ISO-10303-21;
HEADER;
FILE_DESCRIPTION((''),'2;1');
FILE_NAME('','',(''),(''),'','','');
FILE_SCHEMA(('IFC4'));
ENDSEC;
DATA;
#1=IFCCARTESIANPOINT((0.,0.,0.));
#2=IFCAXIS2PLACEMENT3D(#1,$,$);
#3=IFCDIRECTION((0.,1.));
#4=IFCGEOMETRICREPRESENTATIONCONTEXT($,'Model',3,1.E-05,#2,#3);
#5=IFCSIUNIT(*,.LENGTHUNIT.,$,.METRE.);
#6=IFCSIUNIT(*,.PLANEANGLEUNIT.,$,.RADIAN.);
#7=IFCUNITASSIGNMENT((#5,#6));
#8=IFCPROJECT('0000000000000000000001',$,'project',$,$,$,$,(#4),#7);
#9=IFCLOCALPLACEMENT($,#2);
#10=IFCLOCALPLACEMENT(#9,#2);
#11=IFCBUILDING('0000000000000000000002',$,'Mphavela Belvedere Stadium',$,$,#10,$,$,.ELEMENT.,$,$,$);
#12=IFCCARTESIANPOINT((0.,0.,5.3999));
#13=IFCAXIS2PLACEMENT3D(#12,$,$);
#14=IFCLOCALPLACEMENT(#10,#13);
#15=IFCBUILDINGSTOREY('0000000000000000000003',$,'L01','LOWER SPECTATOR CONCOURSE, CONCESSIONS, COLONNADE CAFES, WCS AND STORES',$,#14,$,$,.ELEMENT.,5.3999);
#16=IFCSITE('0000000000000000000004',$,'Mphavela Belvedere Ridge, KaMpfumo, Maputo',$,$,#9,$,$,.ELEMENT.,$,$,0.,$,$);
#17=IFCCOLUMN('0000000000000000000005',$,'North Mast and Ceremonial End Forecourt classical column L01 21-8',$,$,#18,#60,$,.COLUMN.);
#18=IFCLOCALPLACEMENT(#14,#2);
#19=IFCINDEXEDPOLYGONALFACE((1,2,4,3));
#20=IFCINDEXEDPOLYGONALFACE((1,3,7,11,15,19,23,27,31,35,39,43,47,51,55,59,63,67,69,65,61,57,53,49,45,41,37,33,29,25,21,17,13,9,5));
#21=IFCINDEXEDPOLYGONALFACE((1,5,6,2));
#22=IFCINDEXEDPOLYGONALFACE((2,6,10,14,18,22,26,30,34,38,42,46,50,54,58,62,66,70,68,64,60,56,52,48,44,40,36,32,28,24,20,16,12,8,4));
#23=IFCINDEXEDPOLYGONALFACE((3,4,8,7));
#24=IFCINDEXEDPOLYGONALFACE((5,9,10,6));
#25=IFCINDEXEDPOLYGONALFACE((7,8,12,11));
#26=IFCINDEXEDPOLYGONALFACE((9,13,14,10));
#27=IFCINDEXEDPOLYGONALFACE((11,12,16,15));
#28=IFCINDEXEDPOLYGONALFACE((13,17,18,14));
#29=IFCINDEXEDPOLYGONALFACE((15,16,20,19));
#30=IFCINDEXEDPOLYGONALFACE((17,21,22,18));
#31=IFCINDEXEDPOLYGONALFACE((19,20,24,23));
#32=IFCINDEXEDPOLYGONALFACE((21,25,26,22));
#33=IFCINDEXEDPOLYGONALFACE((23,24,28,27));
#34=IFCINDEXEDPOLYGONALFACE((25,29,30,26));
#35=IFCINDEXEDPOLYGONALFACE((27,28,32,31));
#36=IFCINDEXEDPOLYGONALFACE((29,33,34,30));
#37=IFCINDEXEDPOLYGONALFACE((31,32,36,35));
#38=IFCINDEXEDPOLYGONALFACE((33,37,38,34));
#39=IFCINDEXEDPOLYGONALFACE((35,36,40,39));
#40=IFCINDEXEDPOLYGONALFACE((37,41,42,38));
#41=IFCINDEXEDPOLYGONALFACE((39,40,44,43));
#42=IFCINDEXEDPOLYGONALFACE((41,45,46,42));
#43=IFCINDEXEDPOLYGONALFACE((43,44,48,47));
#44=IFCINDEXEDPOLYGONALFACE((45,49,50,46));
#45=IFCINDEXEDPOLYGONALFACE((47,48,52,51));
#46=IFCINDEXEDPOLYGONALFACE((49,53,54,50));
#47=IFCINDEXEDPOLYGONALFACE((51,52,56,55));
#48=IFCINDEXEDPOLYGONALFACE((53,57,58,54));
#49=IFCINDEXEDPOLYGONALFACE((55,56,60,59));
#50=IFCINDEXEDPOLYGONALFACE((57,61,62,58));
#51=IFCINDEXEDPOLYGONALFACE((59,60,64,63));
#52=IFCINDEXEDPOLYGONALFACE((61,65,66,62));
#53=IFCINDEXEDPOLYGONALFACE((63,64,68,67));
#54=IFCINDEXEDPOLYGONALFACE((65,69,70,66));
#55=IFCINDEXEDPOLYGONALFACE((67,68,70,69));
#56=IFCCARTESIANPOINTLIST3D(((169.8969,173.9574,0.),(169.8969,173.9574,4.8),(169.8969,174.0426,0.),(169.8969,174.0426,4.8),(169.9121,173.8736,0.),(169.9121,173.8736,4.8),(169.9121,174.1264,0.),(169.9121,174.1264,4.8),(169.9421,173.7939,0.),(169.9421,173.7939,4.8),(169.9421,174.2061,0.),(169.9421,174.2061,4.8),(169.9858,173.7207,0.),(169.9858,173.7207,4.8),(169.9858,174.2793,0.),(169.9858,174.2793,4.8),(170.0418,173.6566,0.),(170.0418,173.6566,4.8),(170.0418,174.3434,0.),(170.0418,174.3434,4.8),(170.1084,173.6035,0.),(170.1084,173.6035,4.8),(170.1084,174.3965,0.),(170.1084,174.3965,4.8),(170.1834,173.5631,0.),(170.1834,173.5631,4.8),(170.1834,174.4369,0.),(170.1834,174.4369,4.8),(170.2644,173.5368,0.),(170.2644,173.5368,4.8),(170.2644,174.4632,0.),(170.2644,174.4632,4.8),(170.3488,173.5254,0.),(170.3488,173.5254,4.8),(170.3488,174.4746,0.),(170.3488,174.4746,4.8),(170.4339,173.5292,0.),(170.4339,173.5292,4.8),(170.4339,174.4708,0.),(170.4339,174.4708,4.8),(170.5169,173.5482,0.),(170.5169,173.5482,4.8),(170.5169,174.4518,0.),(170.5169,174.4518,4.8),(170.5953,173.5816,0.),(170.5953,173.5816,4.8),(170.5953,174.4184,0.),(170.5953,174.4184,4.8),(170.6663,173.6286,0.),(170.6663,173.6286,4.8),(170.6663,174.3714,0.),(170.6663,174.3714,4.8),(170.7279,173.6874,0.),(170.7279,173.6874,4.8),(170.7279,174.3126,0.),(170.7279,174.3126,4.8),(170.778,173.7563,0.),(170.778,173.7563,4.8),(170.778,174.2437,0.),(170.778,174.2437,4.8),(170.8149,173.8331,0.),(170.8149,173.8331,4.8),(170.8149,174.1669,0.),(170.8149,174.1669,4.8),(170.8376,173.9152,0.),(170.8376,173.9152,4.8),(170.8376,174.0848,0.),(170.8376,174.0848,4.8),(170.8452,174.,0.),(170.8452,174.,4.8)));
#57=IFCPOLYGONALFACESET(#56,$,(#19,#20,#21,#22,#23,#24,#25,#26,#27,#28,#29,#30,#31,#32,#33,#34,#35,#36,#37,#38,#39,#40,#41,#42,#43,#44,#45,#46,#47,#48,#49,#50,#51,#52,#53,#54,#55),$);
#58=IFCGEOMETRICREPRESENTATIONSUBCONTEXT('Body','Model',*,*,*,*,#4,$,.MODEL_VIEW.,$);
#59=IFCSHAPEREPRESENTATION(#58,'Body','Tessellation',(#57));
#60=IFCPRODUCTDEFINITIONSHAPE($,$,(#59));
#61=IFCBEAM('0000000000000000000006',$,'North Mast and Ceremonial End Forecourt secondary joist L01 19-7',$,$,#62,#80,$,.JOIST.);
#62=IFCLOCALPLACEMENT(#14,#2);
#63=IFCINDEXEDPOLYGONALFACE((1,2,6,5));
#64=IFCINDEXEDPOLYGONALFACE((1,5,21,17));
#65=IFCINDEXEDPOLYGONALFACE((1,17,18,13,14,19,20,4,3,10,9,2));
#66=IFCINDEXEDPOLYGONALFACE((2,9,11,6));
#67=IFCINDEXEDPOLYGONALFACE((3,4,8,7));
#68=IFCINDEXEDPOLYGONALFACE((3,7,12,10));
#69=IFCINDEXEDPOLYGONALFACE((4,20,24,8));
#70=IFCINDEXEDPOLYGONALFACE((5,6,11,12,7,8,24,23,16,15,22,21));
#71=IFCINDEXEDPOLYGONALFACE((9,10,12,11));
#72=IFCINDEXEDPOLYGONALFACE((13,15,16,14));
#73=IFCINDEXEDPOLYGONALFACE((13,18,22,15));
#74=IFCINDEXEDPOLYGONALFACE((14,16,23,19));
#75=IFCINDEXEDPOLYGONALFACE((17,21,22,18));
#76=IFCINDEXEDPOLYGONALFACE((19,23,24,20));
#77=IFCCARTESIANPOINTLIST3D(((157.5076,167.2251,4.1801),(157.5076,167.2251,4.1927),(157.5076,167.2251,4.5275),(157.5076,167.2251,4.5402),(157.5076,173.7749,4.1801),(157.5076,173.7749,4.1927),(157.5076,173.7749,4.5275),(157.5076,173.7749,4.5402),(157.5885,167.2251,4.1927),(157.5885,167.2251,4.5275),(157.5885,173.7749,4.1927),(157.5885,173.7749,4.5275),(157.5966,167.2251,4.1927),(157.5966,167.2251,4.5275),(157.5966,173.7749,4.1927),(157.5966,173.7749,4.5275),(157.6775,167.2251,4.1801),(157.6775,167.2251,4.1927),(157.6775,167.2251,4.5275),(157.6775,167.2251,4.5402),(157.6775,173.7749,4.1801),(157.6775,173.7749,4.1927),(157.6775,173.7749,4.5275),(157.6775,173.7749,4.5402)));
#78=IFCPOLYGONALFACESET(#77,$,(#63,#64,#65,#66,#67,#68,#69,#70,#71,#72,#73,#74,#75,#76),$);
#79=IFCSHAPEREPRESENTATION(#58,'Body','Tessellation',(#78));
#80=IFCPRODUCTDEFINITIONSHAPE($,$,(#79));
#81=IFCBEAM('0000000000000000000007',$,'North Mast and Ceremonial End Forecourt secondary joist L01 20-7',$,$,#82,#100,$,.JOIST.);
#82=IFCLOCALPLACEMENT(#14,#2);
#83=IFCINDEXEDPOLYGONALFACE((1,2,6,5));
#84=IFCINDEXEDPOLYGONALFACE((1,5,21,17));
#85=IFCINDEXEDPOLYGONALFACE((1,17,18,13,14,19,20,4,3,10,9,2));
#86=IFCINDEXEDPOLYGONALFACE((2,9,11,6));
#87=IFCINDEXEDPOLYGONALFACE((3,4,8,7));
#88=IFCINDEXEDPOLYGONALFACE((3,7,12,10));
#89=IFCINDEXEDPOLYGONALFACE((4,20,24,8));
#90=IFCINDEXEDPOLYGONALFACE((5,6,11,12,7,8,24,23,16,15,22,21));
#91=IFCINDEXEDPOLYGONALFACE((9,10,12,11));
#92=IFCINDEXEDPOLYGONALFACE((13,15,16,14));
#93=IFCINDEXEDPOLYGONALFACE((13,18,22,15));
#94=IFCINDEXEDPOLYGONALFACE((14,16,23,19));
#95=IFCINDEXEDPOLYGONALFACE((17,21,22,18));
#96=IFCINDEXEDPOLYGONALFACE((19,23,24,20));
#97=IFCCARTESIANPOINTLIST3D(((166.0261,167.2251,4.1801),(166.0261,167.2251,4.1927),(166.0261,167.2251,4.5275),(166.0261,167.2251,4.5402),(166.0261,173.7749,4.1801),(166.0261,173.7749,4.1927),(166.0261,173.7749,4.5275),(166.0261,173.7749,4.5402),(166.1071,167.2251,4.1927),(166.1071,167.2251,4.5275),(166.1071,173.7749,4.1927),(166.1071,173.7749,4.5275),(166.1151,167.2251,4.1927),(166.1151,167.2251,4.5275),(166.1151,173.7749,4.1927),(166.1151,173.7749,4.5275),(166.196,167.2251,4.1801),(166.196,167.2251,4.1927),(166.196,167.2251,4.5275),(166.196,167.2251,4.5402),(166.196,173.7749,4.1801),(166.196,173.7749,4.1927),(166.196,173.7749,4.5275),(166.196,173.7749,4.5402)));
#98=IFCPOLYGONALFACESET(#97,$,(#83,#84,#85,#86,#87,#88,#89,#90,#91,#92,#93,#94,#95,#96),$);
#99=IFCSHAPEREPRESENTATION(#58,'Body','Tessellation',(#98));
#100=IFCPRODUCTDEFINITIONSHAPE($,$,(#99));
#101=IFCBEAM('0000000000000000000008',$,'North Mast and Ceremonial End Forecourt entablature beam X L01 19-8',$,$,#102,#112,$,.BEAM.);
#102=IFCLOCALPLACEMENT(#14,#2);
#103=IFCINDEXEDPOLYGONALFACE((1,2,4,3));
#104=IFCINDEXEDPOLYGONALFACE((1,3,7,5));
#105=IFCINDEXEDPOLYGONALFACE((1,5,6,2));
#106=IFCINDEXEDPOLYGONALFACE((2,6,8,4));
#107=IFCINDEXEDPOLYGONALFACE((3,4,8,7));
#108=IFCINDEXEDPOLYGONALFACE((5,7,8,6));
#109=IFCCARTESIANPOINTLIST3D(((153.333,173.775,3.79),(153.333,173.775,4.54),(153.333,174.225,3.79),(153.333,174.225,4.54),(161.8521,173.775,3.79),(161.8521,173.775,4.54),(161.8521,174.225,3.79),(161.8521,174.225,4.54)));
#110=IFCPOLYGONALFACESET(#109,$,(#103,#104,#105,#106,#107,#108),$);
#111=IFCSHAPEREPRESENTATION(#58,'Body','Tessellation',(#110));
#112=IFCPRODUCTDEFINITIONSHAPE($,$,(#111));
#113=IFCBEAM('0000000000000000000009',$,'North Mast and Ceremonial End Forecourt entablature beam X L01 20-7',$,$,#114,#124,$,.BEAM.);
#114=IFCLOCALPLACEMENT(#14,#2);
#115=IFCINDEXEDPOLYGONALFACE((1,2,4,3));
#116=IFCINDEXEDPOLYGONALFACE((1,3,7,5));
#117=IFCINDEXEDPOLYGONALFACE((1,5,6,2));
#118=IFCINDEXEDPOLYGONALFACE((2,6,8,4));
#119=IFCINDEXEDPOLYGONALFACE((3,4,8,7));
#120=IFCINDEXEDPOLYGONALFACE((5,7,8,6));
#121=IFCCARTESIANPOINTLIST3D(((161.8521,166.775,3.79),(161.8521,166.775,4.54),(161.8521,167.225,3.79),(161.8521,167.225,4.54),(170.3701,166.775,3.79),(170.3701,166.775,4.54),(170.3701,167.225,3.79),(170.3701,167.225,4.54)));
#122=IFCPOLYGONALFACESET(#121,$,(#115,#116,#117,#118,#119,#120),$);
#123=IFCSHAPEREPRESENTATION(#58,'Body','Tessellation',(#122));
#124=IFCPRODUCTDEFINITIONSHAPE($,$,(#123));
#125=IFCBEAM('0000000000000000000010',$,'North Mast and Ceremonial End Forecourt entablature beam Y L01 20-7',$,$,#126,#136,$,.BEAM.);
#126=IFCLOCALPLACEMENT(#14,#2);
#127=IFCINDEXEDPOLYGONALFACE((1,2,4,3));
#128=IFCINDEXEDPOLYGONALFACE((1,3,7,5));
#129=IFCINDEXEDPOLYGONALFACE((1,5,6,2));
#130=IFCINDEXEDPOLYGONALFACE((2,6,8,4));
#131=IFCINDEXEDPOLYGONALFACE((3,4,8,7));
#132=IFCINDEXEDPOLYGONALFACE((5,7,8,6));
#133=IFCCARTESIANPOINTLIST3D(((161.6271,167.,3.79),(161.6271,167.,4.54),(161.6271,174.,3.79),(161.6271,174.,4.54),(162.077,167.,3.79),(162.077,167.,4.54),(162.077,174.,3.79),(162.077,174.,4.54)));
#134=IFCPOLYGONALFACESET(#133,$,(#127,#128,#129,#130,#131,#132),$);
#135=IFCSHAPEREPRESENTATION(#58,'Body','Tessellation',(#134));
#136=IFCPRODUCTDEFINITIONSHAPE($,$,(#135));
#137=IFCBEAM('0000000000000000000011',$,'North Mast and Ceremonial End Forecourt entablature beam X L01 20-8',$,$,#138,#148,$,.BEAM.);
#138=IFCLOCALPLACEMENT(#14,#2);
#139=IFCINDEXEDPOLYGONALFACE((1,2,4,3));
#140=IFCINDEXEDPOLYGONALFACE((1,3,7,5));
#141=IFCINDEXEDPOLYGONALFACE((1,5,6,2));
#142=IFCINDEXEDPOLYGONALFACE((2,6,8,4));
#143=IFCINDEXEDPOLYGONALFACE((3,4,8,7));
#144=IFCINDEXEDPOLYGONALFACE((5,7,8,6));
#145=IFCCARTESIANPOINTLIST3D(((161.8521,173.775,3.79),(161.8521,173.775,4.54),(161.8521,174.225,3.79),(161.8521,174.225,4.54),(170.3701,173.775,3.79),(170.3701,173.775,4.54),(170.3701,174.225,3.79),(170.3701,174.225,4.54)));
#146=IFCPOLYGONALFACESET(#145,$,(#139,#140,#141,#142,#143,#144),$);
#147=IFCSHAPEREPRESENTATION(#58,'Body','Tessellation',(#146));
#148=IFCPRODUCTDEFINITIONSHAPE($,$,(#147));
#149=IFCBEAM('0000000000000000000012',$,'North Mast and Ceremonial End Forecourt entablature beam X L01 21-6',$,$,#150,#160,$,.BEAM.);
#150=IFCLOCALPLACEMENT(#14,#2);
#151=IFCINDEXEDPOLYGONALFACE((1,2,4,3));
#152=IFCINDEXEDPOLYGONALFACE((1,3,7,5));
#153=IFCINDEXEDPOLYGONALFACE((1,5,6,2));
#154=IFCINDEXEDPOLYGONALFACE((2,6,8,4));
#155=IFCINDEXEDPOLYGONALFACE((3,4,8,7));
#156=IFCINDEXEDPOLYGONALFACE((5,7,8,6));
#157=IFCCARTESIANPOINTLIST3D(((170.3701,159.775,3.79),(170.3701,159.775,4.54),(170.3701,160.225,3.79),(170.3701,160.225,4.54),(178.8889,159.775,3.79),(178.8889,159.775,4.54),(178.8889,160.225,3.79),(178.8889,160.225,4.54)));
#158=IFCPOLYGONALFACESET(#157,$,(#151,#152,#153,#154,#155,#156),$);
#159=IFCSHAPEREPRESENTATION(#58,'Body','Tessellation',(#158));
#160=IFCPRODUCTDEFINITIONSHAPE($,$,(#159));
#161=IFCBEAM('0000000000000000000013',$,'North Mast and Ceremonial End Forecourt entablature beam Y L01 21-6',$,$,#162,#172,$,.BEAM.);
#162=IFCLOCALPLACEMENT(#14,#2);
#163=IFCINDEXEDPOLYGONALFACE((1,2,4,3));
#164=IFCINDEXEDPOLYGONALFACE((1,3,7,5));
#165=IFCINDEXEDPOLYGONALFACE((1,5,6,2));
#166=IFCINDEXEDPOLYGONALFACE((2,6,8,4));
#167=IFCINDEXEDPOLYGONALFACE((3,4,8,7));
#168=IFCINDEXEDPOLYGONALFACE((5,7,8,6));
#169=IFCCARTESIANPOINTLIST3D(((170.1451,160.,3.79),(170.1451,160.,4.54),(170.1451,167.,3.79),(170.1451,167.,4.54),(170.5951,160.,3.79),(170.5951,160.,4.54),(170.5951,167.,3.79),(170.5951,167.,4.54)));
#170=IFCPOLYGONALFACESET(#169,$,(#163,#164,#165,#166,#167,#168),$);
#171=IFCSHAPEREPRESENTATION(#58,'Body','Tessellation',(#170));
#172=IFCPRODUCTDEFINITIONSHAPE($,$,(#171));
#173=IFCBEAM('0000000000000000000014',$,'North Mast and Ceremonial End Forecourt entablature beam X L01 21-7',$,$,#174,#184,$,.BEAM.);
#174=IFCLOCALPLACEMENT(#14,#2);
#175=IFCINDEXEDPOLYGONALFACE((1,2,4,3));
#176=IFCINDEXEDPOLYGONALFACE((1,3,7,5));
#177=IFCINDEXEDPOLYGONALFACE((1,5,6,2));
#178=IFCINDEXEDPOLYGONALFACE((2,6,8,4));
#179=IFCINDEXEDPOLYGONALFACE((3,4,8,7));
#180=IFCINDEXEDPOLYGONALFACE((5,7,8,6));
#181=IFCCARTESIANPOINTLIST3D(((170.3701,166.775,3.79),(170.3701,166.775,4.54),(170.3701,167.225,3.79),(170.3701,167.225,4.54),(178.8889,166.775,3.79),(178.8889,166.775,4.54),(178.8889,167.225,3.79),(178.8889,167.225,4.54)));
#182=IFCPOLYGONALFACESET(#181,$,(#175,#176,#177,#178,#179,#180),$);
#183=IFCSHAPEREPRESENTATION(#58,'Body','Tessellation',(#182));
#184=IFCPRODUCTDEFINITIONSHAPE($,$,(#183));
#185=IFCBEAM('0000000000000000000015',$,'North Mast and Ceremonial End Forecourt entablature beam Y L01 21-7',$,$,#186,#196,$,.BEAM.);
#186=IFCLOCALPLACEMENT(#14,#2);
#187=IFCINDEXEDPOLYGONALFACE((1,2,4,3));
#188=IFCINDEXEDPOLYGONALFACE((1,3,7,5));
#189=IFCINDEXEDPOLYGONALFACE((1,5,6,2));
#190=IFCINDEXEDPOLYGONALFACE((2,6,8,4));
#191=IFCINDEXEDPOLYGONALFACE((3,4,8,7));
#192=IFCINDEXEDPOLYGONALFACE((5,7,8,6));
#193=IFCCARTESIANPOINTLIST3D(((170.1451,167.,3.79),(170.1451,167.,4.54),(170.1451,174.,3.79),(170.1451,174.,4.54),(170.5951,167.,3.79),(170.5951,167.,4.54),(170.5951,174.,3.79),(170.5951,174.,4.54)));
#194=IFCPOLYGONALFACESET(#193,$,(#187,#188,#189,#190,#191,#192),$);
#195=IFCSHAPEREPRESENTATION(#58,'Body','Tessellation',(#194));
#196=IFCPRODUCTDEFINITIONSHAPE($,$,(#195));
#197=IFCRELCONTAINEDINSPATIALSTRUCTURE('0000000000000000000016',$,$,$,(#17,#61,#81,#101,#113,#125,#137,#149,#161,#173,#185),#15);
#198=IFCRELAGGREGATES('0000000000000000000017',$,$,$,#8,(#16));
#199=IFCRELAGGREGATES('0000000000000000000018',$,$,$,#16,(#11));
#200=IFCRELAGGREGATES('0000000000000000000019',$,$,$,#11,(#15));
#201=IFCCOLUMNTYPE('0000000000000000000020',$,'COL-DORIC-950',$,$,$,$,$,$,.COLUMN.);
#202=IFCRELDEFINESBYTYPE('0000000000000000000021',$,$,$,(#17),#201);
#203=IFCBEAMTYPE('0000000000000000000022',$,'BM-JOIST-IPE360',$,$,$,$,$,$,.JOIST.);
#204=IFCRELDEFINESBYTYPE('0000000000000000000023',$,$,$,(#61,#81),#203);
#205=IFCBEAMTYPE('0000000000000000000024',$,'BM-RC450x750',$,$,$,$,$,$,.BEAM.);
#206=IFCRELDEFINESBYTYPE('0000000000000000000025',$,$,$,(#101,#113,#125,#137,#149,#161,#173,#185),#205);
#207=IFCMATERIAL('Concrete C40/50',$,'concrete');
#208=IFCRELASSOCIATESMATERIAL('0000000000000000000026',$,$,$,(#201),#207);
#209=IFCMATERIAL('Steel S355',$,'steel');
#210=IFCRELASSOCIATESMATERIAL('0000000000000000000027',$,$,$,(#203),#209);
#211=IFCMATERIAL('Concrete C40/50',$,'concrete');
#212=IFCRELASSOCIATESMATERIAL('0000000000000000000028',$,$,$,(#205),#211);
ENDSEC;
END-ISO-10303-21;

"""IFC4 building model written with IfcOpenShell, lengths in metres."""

from ifc_helpers import new_model, si_unit, direction, frame, origin, origin_2d, place, context, subcontext, project, spatial, rectangle, circle, i_section, extrude, material, material_profile, profile_set, type_object, element, save


model = new_model("IFC4")

# Units and contexts
model_context = context("Model", 3, precision=1e-05, world=origin(), true_north=direction((0.0, 1.0)))
body_context = subcontext(model_context, "Body", "Model", "MODEL_VIEW")
ifc_project = project(units=[si_unit("LENGTHUNIT", "METRE"), si_unit("PLANEANGLEUNIT", "RADIAN")], contexts=[model_context])

# Site, building, storey
site_placement = place(None, origin())
site = spatial("IfcSite", under=ifc_project, at=site_placement, Name="Mphavela Belvedere Ridge, KaMpfumo, Maputo", CompositionType="ELEMENT", RefElevation=0.0)
building_placement = place(site_placement, origin())
building = spatial("IfcBuilding", under=site, at=building_placement, Name="Mphavela Belvedere Stadium", CompositionType="ELEMENT")
storey_placement = place(building_placement, frame((0.0, 0.0, 5.3999)))
storey = spatial("IfcBuildingStorey", under=building, at=storey_placement, Name="L01", Description="LOWER SPECTATOR CONCOURSE, CONCESSIONS, COLONNADE CAFES, WCS AND STORES", CompositionType="ELEMENT", Elevation=5.3999)

# Column
ifc_material_1 = material(Name="Concrete C40/50", Category="concrete")
ifc_material_profile_1 = material_profile(ifc_material_1, circle(Radius=0.4751, at=origin_2d()), Name="COL D950")
ifc_profile_set_1 = profile_set([ifc_material_profile_1], Name="Concrete C40/50")
column_type = type_object("IfcColumnType", Name="COL-DORIC-950", PredefinedType="COLUMN", material=ifc_profile_set_1)
for number, where, z_axis, x_axis, name in (
    (1, (170.3701, 174.0, 0.0), (0.0, 0.0, 1.0), (1.0, 0.0, 0.0), "North Mast and Ceremonial End Forecourt classical column L01 21-8"),
):
    element("IfcColumn", number, at=place(storey_placement, frame(where, z_axis=z_axis, x_axis=x_axis)), inside=storey, type_object=column_type, Name=name, PredefinedType="COLUMN", context=body_context, shape_type="SweptSolid", body=[
        extrude(circle(Radius=0.4751, at=origin_2d()), origin(), (0.0, 0.0, 1.0), 4.8),
    ])

# Beams
ifc_material_2 = material(Name="Steel S355", Category="steel")
ifc_material_profile_2 = material_profile(ifc_material_2, i_section(OverallWidth=0.1699, OverallDepth=0.3601, WebThickness=0.0081, FlangeThickness=0.0127, at=origin_2d()), Name="IPE 360")
ifc_profile_set_2 = profile_set([ifc_material_profile_2], Name="Steel S355")
beam_type_1 = type_object("IfcBeamType", Name="BM-JOIST-IPE360", PredefinedType="JOIST", material=ifc_profile_set_2)
for number, where, z_axis, x_axis, name in (
    (2, (157.5925, 167.2251, 4.3601), (0.0, 1.0, 0.0), (-1.0, 0.0, 0.0), "North Mast and Ceremonial End Forecourt secondary joist L01 19-7"),
    (3, (166.1111, 167.2251, 4.3601), (0.0, 1.0, 0.0), (-1.0, 0.0, 0.0), "North Mast and Ceremonial End Forecourt secondary joist L01 20-7"),
):
    element("IfcBeam", number, at=place(storey_placement, frame(where, z_axis=z_axis, x_axis=x_axis)), inside=storey, type_object=beam_type_1, Name=name, PredefinedType="JOIST", context=body_context, shape_type="SweptSolid", body=[
        extrude(i_section(OverallWidth=0.1699, OverallDepth=0.3601, WebThickness=0.0081, FlangeThickness=0.0127, at=origin_2d()), origin(), (0.0, 0.0, 1.0), 6.5498),
    ])
ifc_material_3 = material(Name="Concrete C40/50", Category="concrete")
ifc_material_profile_3 = material_profile(ifc_material_3, rectangle(XDim=0.45, YDim=0.75, at=origin_2d()), Name="RC 450x750")
ifc_profile_set_3 = profile_set([ifc_material_profile_3], Name="Concrete C40/50")
beam_type_2 = type_object("IfcBeamType", Name="BM-RC450x750", PredefinedType="BEAM", material=ifc_profile_set_3)
beam_1_placement = place(storey_placement, frame((153.333, 174.0, 4.165), z_axis=(1.0, 0.0, 0.0), x_axis=(0.0, 1.0, 0.0)))
element("IfcBeam", 4, at=beam_1_placement, inside=storey, type_object=beam_type_2, Name="North Mast and Ceremonial End Forecourt entablature beam X L01 19-8", PredefinedType="BEAM", context=body_context, shape_type="SweptSolid", body=[
    extrude(rectangle(XDim=0.45, YDim=0.75, at=origin_2d()), origin(), (0.0, 0.0, 1.0), 8.519),
])
beam_2_placement = place(storey_placement, frame((161.8521, 167.0, 4.165), z_axis=(1.0, 0.0, 0.0), x_axis=(0.0, 1.0, 0.0)))
element("IfcBeam", 5, at=beam_2_placement, inside=storey, type_object=beam_type_2, Name="North Mast and Ceremonial End Forecourt entablature beam X L01 20-7", PredefinedType="BEAM", context=body_context, shape_type="SweptSolid", body=[
    extrude(rectangle(XDim=0.45, YDim=0.75, at=origin_2d()), origin(), (0.0, 0.0, 1.0), 8.5181),
])
beam_3_placement = place(storey_placement, frame((161.8521, 167.0, 4.165), z_axis=(0.0, 1.0, 0.0), x_axis=(-1.0, 0.0, 0.0)))
element("IfcBeam", 6, at=beam_3_placement, inside=storey, type_object=beam_type_2, Name="North Mast and Ceremonial End Forecourt entablature beam Y L01 20-7", PredefinedType="BEAM", context=body_context, shape_type="SweptSolid", body=[
    extrude(rectangle(XDim=0.45, YDim=0.75, at=origin_2d()), origin(), (0.0, 0.0, 1.0), 7.0),
])
beam_4_placement = place(storey_placement, frame((161.8521, 174.0, 4.165), z_axis=(1.0, 0.0, 0.0), x_axis=(0.0, 1.0, 0.0)))
element("IfcBeam", 7, at=beam_4_placement, inside=storey, type_object=beam_type_2, Name="North Mast and Ceremonial End Forecourt entablature beam X L01 20-8", PredefinedType="BEAM", context=body_context, shape_type="SweptSolid", body=[
    extrude(rectangle(XDim=0.45, YDim=0.75, at=origin_2d()), origin(), (0.0, 0.0, 1.0), 8.5181),
])
beam_5_placement = place(storey_placement, frame((170.3701, 160.0, 4.165), z_axis=(1.0, 0.0, 0.0), x_axis=(0.0, 1.0, 0.0)))
element("IfcBeam", 8, at=beam_5_placement, inside=storey, type_object=beam_type_2, Name="North Mast and Ceremonial End Forecourt entablature beam X L01 21-6", PredefinedType="BEAM", context=body_context, shape_type="SweptSolid", body=[
    extrude(rectangle(XDim=0.45, YDim=0.75, at=origin_2d()), origin(), (0.0, 0.0, 1.0), 8.5188),
])
beam_6_placement = place(storey_placement, frame((170.3701, 160.0, 4.165), z_axis=(0.0, 1.0, 0.0), x_axis=(-1.0, 0.0, 0.0)))
element("IfcBeam", 9, at=beam_6_placement, inside=storey, type_object=beam_type_2, Name="North Mast and Ceremonial End Forecourt entablature beam Y L01 21-6", PredefinedType="BEAM", context=body_context, shape_type="SweptSolid", body=[
    extrude(rectangle(XDim=0.45, YDim=0.75, at=origin_2d()), origin(), (0.0, 0.0, 1.0), 7.0),
])
beam_7_placement = place(storey_placement, frame((170.3701, 167.0, 4.165), z_axis=(1.0, 0.0, 0.0), x_axis=(0.0, 1.0, 0.0)))
element("IfcBeam", 10, at=beam_7_placement, inside=storey, type_object=beam_type_2, Name="North Mast and Ceremonial End Forecourt entablature beam X L01 21-7", PredefinedType="BEAM", context=body_context, shape_type="SweptSolid", body=[
    extrude(rectangle(XDim=0.45, YDim=0.75, at=origin_2d()), origin(), (0.0, 0.0, 1.0), 8.5188),
])
beam_8_placement = place(storey_placement, frame((170.3701, 167.0, 4.165), z_axis=(0.0, 1.0, 0.0), x_axis=(-1.0, 0.0, 0.0)))
element("IfcBeam", 11, at=beam_8_placement, inside=storey, type_object=beam_type_2, Name="North Mast and Ceremonial End Forecourt entablature beam Y L01 21-7", PredefinedType="BEAM", context=body_context, shape_type="SweptSolid", body=[
    extrude(rectangle(XDim=0.45, YDim=0.75, at=origin_2d()), origin(), (0.0, 0.0, 1.0), 7.0),
])

save(model, "model.ifc")
